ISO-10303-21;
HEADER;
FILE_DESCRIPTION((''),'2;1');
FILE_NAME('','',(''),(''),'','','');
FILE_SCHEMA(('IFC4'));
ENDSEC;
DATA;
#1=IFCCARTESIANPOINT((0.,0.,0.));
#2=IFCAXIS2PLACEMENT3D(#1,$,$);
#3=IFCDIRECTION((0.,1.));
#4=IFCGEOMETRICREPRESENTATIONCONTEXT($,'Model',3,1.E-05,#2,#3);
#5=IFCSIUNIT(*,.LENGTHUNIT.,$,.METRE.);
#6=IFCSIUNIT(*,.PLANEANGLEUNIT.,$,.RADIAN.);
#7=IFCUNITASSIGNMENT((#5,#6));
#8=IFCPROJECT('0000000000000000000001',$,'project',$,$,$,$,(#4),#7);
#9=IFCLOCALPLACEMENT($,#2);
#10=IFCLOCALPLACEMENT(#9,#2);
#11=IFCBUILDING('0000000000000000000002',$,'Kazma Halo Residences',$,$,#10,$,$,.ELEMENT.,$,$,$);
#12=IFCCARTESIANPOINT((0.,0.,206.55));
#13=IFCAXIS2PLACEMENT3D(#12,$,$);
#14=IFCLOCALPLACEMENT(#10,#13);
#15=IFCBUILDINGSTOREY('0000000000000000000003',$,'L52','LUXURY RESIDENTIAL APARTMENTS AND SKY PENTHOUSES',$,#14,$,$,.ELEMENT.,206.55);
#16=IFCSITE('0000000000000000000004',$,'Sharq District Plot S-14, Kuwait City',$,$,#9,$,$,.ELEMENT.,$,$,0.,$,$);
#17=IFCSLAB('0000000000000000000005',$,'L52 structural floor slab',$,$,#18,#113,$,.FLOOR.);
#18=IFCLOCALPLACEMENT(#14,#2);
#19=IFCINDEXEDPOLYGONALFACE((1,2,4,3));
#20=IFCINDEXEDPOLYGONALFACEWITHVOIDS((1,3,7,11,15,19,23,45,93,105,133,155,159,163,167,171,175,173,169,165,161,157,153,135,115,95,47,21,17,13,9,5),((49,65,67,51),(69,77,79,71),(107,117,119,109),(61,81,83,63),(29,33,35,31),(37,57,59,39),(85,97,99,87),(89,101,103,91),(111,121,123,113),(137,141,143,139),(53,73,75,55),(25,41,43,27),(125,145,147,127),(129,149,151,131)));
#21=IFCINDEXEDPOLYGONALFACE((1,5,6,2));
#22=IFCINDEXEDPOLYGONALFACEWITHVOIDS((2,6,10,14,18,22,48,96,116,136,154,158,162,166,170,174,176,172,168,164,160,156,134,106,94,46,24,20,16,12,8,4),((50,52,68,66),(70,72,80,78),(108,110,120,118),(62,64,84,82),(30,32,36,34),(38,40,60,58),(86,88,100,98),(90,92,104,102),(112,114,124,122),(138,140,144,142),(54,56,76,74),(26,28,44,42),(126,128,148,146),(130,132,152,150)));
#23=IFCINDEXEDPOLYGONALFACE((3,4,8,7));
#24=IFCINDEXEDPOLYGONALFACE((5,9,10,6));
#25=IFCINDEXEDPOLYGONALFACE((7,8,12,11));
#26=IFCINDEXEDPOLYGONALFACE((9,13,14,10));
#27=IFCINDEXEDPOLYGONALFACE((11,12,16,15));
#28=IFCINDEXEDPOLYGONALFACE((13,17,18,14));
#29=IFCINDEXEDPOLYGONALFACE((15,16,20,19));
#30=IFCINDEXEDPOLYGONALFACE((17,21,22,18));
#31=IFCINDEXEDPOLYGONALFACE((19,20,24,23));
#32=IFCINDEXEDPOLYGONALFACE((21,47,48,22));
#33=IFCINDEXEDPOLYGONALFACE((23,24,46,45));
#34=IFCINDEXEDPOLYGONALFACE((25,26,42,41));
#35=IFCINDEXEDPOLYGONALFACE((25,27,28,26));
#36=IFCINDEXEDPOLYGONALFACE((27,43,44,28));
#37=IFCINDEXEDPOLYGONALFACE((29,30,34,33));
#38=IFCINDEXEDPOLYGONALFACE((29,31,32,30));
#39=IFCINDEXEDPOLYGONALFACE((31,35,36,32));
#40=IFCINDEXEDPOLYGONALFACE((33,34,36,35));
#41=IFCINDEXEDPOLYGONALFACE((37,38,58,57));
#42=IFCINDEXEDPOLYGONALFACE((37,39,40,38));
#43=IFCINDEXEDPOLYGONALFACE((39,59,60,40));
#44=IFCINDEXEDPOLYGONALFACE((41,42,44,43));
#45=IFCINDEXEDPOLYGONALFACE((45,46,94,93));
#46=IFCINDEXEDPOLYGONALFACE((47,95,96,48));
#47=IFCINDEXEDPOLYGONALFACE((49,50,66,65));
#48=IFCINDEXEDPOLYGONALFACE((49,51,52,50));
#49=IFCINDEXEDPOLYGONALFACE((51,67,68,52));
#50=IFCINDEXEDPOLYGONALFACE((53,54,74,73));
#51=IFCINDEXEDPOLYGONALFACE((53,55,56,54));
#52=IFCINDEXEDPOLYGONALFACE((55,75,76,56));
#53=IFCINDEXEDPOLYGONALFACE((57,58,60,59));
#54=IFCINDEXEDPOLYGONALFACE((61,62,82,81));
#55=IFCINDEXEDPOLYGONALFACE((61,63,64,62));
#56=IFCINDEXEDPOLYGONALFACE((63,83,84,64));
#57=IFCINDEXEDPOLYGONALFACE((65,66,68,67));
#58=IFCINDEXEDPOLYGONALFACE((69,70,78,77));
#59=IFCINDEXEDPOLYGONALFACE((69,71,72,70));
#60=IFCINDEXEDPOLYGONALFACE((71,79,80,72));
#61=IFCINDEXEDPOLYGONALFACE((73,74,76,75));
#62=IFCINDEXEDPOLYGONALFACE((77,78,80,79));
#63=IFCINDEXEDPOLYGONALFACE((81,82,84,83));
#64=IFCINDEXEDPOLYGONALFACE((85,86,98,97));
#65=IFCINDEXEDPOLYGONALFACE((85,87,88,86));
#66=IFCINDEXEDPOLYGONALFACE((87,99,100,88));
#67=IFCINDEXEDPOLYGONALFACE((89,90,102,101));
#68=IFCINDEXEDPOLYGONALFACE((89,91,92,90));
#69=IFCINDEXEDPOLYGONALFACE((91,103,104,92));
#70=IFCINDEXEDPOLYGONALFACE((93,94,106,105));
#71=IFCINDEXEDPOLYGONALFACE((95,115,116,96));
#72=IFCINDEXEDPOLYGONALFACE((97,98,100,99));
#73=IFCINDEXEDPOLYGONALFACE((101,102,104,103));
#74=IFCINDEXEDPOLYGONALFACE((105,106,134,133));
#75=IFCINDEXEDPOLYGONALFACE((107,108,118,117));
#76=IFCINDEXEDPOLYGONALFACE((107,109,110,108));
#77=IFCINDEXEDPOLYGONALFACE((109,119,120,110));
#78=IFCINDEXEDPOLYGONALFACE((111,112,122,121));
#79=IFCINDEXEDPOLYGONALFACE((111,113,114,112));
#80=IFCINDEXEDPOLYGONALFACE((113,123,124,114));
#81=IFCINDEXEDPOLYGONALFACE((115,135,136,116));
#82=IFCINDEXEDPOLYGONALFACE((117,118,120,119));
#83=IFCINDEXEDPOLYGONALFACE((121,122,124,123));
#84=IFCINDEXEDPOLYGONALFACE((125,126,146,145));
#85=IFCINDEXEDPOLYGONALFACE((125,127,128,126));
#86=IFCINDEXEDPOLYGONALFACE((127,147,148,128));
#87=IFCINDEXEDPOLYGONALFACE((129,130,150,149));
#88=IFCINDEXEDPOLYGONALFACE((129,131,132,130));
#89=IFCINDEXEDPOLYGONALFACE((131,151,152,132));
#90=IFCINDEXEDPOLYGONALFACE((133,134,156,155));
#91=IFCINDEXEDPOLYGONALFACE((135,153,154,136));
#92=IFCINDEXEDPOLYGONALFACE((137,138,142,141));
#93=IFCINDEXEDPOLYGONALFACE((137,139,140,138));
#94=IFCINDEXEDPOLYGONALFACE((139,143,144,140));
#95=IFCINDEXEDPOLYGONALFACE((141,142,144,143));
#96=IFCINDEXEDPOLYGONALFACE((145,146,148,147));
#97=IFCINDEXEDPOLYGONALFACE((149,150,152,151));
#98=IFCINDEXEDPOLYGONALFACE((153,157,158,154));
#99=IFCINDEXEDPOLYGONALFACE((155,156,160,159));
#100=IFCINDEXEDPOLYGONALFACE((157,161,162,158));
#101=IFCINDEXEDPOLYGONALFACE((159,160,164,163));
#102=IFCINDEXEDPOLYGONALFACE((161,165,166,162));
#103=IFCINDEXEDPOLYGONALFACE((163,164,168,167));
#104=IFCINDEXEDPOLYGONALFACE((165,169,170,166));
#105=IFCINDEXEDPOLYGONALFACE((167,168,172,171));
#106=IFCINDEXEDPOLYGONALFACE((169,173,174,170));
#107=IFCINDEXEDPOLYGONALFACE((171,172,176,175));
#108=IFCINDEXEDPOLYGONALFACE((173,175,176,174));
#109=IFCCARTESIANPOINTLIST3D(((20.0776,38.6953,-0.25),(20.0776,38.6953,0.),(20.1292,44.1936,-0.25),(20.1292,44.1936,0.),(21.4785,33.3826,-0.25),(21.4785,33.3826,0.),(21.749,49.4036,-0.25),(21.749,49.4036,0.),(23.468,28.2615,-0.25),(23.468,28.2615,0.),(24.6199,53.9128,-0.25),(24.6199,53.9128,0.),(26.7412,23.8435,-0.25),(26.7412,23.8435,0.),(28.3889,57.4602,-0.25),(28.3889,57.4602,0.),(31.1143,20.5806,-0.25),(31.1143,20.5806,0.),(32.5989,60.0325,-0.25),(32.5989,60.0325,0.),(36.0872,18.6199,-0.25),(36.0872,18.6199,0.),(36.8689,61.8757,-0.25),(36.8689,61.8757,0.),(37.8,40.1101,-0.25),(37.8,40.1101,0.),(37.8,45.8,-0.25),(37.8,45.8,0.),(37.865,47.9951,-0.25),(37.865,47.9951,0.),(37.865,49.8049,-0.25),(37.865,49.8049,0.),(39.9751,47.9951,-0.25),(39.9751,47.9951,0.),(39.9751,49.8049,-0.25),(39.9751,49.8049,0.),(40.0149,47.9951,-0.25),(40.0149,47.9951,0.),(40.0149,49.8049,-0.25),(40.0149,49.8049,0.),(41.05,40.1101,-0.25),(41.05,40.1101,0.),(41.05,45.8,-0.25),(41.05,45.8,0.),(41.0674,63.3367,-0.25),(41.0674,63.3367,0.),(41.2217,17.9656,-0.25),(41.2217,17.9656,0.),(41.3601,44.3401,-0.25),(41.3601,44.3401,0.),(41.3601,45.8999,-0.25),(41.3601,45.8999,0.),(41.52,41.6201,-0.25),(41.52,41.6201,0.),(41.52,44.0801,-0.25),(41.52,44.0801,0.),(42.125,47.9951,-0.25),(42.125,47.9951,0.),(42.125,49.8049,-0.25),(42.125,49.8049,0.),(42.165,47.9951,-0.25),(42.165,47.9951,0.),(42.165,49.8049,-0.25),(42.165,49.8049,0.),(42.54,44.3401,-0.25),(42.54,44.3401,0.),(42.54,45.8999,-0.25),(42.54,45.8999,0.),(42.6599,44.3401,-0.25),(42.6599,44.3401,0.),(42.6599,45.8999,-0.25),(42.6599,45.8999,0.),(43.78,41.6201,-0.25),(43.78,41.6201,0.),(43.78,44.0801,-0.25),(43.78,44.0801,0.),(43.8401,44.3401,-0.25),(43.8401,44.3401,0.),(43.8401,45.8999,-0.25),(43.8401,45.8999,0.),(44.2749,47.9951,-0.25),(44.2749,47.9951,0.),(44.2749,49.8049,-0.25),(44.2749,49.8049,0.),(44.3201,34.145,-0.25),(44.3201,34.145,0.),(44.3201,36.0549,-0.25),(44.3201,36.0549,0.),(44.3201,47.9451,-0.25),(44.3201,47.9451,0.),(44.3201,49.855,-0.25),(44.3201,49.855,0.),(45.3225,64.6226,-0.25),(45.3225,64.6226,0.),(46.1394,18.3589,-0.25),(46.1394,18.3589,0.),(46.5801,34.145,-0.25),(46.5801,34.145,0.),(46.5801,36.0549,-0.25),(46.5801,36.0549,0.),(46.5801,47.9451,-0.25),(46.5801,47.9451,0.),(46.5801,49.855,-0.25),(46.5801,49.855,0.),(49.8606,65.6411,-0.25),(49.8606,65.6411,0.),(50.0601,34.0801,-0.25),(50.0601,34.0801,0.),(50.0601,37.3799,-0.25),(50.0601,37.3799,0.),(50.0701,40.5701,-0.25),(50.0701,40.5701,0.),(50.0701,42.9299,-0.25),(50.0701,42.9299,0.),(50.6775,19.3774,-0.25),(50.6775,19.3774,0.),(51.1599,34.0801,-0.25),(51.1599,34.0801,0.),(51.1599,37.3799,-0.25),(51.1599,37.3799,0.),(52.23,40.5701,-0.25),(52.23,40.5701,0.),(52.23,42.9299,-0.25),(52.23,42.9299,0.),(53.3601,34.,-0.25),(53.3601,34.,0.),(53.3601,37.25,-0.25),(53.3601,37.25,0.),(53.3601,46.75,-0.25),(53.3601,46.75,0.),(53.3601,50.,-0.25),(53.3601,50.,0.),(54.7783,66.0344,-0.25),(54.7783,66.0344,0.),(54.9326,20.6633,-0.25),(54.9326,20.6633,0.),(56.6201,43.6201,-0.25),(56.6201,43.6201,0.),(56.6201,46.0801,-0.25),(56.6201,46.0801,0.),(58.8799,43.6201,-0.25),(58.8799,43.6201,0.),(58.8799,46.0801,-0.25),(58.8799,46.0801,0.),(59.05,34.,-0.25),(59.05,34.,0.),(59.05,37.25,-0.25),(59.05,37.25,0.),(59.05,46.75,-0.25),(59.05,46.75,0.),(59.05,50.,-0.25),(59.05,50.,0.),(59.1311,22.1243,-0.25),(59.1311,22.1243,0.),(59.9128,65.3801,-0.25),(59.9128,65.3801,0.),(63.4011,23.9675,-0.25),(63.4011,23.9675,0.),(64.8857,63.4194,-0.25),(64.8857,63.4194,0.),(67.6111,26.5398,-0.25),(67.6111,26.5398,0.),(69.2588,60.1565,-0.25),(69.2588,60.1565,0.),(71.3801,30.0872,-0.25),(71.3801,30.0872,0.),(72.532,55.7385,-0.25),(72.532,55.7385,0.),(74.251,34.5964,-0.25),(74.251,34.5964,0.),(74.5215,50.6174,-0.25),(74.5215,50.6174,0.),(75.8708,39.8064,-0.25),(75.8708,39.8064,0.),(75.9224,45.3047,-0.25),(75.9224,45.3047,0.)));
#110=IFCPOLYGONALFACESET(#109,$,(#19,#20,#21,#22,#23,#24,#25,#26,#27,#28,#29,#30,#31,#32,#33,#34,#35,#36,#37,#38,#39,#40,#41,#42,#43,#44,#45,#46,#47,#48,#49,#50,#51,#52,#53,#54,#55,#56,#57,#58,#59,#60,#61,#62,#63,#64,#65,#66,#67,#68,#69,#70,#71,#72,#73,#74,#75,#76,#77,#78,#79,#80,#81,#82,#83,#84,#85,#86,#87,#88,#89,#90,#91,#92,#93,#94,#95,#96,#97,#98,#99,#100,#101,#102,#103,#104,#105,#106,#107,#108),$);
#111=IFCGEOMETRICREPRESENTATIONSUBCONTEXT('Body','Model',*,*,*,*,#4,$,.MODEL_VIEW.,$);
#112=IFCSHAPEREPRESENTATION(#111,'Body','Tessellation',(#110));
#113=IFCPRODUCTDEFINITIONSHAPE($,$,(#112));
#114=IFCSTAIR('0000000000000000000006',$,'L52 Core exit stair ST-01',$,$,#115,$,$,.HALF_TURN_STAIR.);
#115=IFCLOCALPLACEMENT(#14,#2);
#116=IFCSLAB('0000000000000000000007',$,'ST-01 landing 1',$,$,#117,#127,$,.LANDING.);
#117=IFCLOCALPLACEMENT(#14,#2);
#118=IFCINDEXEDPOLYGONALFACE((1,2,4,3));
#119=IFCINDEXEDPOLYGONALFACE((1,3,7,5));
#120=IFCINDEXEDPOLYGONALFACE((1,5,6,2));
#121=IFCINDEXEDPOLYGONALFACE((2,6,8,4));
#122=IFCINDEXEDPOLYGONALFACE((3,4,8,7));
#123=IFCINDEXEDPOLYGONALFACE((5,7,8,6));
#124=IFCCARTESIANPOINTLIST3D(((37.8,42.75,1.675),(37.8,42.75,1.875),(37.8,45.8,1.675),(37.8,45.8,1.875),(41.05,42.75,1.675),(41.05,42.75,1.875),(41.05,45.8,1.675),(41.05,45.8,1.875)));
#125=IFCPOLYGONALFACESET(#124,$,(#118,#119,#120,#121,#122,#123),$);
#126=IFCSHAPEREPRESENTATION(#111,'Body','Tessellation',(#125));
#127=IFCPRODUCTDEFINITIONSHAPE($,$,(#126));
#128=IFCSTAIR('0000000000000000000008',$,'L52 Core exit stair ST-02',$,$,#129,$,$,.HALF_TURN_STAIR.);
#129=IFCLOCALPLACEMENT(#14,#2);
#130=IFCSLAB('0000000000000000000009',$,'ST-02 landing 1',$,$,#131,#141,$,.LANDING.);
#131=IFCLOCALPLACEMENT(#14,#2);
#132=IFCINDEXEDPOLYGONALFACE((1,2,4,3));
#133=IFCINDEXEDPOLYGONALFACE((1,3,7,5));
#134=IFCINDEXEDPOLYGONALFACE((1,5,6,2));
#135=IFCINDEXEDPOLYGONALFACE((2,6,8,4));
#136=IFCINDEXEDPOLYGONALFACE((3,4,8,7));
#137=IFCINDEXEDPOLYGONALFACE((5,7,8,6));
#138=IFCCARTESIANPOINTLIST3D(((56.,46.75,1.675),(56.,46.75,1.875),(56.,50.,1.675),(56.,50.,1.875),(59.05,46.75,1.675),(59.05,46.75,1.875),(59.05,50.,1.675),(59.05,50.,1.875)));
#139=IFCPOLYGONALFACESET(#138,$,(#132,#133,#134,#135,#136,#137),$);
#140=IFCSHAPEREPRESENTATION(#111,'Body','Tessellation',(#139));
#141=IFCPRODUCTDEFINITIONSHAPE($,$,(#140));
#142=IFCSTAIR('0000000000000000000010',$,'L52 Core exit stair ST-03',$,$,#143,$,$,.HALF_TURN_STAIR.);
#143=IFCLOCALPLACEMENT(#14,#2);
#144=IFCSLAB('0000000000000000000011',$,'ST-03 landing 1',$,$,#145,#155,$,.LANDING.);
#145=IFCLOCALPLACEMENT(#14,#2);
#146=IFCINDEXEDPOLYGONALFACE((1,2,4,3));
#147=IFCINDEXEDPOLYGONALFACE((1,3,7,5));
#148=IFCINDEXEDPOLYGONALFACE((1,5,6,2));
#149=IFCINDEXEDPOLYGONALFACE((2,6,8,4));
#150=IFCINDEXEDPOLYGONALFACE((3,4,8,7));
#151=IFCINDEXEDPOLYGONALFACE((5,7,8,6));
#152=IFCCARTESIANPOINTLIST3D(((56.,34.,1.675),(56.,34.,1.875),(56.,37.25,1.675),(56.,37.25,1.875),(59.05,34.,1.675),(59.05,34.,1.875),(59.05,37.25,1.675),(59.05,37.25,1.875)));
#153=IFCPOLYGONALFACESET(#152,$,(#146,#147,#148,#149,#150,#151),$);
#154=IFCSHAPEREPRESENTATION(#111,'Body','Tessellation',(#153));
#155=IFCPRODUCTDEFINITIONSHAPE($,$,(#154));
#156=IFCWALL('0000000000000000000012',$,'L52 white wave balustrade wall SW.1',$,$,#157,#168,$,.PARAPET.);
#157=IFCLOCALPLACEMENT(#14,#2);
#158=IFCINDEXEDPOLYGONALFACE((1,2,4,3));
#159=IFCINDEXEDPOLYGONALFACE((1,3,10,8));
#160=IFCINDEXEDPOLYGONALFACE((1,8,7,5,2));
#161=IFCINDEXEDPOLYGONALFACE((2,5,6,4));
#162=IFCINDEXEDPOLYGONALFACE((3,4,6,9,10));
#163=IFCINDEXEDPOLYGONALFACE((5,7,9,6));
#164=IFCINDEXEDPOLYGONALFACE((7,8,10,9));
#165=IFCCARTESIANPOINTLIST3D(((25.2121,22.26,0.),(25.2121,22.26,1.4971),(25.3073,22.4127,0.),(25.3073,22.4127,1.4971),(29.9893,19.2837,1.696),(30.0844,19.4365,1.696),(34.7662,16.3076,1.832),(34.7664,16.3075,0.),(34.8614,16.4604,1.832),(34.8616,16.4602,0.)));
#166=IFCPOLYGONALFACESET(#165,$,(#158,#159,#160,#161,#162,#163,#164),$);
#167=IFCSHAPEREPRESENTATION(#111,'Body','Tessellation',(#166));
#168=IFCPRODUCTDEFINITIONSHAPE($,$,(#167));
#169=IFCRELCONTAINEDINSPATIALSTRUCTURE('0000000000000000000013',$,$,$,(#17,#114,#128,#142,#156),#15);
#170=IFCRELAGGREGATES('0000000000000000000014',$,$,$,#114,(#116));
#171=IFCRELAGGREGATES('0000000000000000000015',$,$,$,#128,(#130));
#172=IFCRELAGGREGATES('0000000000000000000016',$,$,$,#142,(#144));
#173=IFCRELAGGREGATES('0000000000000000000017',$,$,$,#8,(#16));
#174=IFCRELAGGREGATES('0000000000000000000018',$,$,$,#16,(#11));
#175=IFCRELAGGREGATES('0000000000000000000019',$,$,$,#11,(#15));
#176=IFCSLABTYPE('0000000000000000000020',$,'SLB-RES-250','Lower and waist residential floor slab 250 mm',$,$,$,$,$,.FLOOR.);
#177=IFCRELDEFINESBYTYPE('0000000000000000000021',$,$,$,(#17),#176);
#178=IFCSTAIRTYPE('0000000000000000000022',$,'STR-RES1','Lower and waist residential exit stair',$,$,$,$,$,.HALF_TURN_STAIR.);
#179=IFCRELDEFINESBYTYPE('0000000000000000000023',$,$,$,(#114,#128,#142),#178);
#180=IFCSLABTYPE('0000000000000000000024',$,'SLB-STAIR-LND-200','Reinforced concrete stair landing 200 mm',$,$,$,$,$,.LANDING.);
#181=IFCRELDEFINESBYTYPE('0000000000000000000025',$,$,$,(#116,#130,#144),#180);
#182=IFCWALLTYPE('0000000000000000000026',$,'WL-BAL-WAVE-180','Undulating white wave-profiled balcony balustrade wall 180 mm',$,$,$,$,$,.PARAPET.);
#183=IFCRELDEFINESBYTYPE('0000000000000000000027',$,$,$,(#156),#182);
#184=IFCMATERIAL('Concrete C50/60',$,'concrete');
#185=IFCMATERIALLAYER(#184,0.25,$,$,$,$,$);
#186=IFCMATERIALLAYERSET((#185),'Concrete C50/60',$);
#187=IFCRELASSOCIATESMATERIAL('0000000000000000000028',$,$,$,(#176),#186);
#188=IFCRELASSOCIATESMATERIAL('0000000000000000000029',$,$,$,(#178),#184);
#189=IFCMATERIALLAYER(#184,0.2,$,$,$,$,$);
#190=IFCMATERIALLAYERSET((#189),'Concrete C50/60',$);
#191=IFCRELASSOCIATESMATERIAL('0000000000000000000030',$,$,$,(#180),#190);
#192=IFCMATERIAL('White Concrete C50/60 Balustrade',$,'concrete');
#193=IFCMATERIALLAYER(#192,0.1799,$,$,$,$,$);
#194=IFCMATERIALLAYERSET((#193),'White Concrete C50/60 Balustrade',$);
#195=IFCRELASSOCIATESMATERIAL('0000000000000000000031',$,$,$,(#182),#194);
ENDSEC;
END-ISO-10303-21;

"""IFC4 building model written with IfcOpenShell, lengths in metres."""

from ifc_helpers import new_model, si_unit, direction, frame, origin, place, context, subcontext, project, spatial, polyline, outline, extrude, material, layer, layer_set, type_object, element, aggregate, save


model = new_model("IFC4")

# Units and contexts
model_context = context("Model", 3, precision=1e-05, world=origin(), true_north=direction((0.0, 1.0)))
body_context = subcontext(model_context, "Body", "Model", "MODEL_VIEW")
ifc_project = project(units=[si_unit("LENGTHUNIT", "METRE"), si_unit("PLANEANGLEUNIT", "RADIAN")], contexts=[model_context])

# Site, building, storey
site_placement = place(None, origin())
site = spatial("IfcSite", under=ifc_project, at=site_placement, Name="Sharq District Plot S-14, Kuwait City", CompositionType="ELEMENT", RefElevation=0.0)
building_placement = place(site_placement, origin())
building = spatial("IfcBuilding", under=site, at=building_placement, Name="Kazma Halo Residences", CompositionType="ELEMENT")
storey_placement = place(building_placement, frame((0.0, 0.0, 206.55)))
storey = spatial("IfcBuildingStorey", under=building, at=storey_placement, Name="L52", Description="LUXURY RESIDENTIAL APARTMENTS AND SKY PENTHOUSES", CompositionType="ELEMENT", Elevation=206.55)

# Slab
ifc_material_1 = material(Name="Concrete C50/60", Category="concrete")
ifc_layer_1 = layer(ifc_material_1, 0.25)
ifc_layer_set_1 = layer_set([ifc_layer_1], Name="Concrete C50/60")
slab_type_1 = type_object("IfcSlabType", Name="SLB-RES-250", Description="Lower and waist residential floor slab 250 mm", PredefinedType="FLOOR", material=ifc_layer_set_1)
slab_1_placement = place(storey_placement, frame((0.0, 0.0, -0.25)))
element("IfcSlab", 1, at=slab_1_placement, inside=storey, type_object=slab_type_1, Name="L52 structural floor slab", PredefinedType="FLOOR", context=body_context, shape_type="SweptSolid", body=[
    extrude(outline(polyline([(74.5215, 50.6174), (72.532, 55.7385), (69.2588, 60.1565), (64.8857, 63.4194), (59.9128, 65.3801), (54.7783, 66.0344), (49.8606, 65.6411), (45.3225, 64.6226), (41.0674, 63.3367), (36.8689, 61.8757), (32.5989, 60.0325), (28.3889, 57.4602), (24.6199, 53.9128), (21.749, 49.4036), (20.1292, 44.1936), (20.0776, 38.6953), (21.4785, 33.3826), (23.468, 28.2615), (26.7412, 23.8435), (31.1143, 20.5806), (36.0872, 18.6199), (41.2217, 17.9656), (46.1394, 18.3589), (50.6775, 19.3774), (54.9326, 20.6633), (59.1311, 22.1243), (63.4011, 23.9675), (67.6111, 26.5398), (71.3801, 30.0872), (74.251, 34.5964), (75.8708, 39.8064), (75.9224, 45.3047), (74.5215, 50.6174)]), holes=[polyline([(37.8, 40.1101), (41.05, 40.1101), (41.05, 45.8), (37.8, 45.8), (37.8, 40.1101)]), polyline([(53.3601, 46.75), (59.05, 46.75), (59.05, 50.0), (53.3601, 50.0), (53.3601, 46.75)]), polyline([(53.3601, 34.0), (59.05, 34.0), (59.05, 37.25), (53.3601, 37.25), (53.3601, 34.0)]), polyline([(41.52, 41.6201), (43.78, 41.6201), (43.78, 44.0801), (41.52, 44.0801), (41.52, 41.6201)]), polyline([(56.6201, 43.6201), (58.8799, 43.6201), (58.8799, 46.0801), (56.6201, 46.0801), (56.6201, 43.6201)]), polyline([(37.865, 47.9951), (39.9751, 47.9951), (39.9751, 49.8049), (37.865, 49.8049), (37.865, 47.9951)]), polyline([(40.0149, 47.9951), (42.125, 47.9951), (42.125, 49.8049), (40.0149, 49.8049), (40.0149, 47.9951)]), polyline([(42.165, 47.9951), (44.2749, 47.9951), (44.2749, 49.8049), (42.165, 49.8049), (42.165, 47.9951)]), polyline([(44.3201, 47.9451), (46.5801, 47.9451), (46.5801, 49.855), (44.3201, 49.855), (44.3201, 47.9451)]), polyline([(44.3201, 34.145), (46.5801, 34.145), (46.5801, 36.0549), (44.3201, 36.0549), (44.3201, 34.145)]), polyline([(50.0701, 40.5701), (52.23, 40.5701), (52.23, 42.9299), (50.0701, 42.9299), (50.0701, 40.5701)]), polyline([(41.3601, 44.3401), (42.54, 44.3401), (42.54, 45.8999), (41.3601, 45.8999), (41.3601, 44.3401)]), polyline([(42.6599, 44.3401), (43.8401, 44.3401), (43.8401, 45.8999), (42.6599, 45.8999), (42.6599, 44.3401)]), polyline([(50.0601, 34.0801), (51.1599, 34.0801), (51.1599, 37.3799), (50.0601, 37.3799), (50.0601, 34.0801)])]), origin(), (0.0, 0.0, 1.0), 0.25),
])

# Stairs, slabs
stair_type = type_object("IfcStairType", Name="STR-RES1", Description="Lower and waist residential exit stair", PredefinedType="HALF_TURN_STAIR", material=ifc_material_1)
stair_1_placement = place(storey_placement, origin())
stair_1 = element("IfcStair", 2, at=stair_1_placement, inside=storey, type_object=stair_type, Name="L52 Core exit stair ST-01", PredefinedType="HALF_TURN_STAIR")
ifc_layer_2 = layer(ifc_material_1, 0.2)
ifc_layer_set_2 = layer_set([ifc_layer_2], Name="Concrete C50/60")
slab_type_2 = type_object("IfcSlabType", Name="SLB-STAIR-LND-200", Description="Reinforced concrete stair landing 200 mm", PredefinedType="LANDING", material=ifc_layer_set_2)
slab_2_placement = place(storey_placement, frame((0.0, 0.0, 1.675)))
slab_2 = element("IfcSlab", 3, at=slab_2_placement, type_object=slab_type_2, Name="ST-01 landing 1", PredefinedType="LANDING", context=body_context, shape_type="SweptSolid", body=[
    extrude(outline(polyline([(41.05, 42.75), (41.05, 45.8), (37.8, 45.8), (37.8, 42.75), (41.05, 42.75)])), origin(), (0.0, 0.0, 1.0), 0.2),
])
aggregate(stair_1, [slab_2])
stair_2_placement = place(storey_placement, origin())
stair_2 = element("IfcStair", 4, at=stair_2_placement, inside=storey, type_object=stair_type, Name="L52 Core exit stair ST-02", PredefinedType="HALF_TURN_STAIR")
slab_3_placement = place(storey_placement, frame((0.0, 0.0, 1.675)))
slab_3 = element("IfcSlab", 5, at=slab_3_placement, type_object=slab_type_2, Name="ST-02 landing 1", PredefinedType="LANDING", context=body_context, shape_type="SweptSolid", body=[
    extrude(outline(polyline([(56.0, 46.75), (59.05, 46.75), (59.05, 50.0), (56.0, 50.0), (56.0, 46.75)])), origin(), (0.0, 0.0, 1.0), 0.2),
])
aggregate(stair_2, [slab_3])
stair_3_placement = place(storey_placement, origin())
stair_3 = element("IfcStair", 6, at=stair_3_placement, inside=storey, type_object=stair_type, Name="L52 Core exit stair ST-03", PredefinedType="HALF_TURN_STAIR")
slab_4_placement = place(storey_placement, frame((0.0, 0.0, 1.675)))
slab_4 = element("IfcSlab", 7, at=slab_4_placement, type_object=slab_type_2, Name="ST-03 landing 1", PredefinedType="LANDING", context=body_context, shape_type="SweptSolid", body=[
    extrude(outline(polyline([(56.0, 34.0), (59.05, 34.0), (59.05, 37.25), (56.0, 37.25), (56.0, 34.0)])), origin(), (0.0, 0.0, 1.0), 0.2),
])
aggregate(stair_3, [slab_4])

# Wall
ifc_material_2 = material(Name="White Concrete C50/60 Balustrade", Category="concrete")
ifc_layer_3 = layer(ifc_material_2, 0.1799)
ifc_layer_set_3 = layer_set([ifc_layer_3], Name="White Concrete C50/60 Balustrade")
wall_type_1 = type_object("IfcWallType", Name="WL-BAL-WAVE-180", Description="Undulating white wave-profiled balcony balustrade wall 180 mm", PredefinedType="PARAPET", material=ifc_layer_set_3)
wall_1_placement = place(storey_placement, frame((25.2598, 22.3364, 0.0), z_axis=(0.0, 0.0, 1.0), x_axis=(0.848755, -0.528786, 0.0)))
element("IfcWall", 8, at=wall_1_placement, inside=storey, type_object=wall_type_1, Name="L52 white wave balustrade wall SW.1", PredefinedType="PARAPET", context=body_context, shape_type="SweptSolid", body=[
    extrude(outline(polyline([(0.0, 0.0), (11.2568, 0.0), (11.2566, 1.832), (5.6284, 1.696), (0.0, 1.4971), (0.0, 0.0)])), frame((0.0, 0.0898, 0.0), z_axis=(0.0, -1.0, 0.0), x_axis=(1.0, 0.0, 0.0)), (0.0, 0.0, 1.0), 0.1799),
])

save(model, "model.ifc")
